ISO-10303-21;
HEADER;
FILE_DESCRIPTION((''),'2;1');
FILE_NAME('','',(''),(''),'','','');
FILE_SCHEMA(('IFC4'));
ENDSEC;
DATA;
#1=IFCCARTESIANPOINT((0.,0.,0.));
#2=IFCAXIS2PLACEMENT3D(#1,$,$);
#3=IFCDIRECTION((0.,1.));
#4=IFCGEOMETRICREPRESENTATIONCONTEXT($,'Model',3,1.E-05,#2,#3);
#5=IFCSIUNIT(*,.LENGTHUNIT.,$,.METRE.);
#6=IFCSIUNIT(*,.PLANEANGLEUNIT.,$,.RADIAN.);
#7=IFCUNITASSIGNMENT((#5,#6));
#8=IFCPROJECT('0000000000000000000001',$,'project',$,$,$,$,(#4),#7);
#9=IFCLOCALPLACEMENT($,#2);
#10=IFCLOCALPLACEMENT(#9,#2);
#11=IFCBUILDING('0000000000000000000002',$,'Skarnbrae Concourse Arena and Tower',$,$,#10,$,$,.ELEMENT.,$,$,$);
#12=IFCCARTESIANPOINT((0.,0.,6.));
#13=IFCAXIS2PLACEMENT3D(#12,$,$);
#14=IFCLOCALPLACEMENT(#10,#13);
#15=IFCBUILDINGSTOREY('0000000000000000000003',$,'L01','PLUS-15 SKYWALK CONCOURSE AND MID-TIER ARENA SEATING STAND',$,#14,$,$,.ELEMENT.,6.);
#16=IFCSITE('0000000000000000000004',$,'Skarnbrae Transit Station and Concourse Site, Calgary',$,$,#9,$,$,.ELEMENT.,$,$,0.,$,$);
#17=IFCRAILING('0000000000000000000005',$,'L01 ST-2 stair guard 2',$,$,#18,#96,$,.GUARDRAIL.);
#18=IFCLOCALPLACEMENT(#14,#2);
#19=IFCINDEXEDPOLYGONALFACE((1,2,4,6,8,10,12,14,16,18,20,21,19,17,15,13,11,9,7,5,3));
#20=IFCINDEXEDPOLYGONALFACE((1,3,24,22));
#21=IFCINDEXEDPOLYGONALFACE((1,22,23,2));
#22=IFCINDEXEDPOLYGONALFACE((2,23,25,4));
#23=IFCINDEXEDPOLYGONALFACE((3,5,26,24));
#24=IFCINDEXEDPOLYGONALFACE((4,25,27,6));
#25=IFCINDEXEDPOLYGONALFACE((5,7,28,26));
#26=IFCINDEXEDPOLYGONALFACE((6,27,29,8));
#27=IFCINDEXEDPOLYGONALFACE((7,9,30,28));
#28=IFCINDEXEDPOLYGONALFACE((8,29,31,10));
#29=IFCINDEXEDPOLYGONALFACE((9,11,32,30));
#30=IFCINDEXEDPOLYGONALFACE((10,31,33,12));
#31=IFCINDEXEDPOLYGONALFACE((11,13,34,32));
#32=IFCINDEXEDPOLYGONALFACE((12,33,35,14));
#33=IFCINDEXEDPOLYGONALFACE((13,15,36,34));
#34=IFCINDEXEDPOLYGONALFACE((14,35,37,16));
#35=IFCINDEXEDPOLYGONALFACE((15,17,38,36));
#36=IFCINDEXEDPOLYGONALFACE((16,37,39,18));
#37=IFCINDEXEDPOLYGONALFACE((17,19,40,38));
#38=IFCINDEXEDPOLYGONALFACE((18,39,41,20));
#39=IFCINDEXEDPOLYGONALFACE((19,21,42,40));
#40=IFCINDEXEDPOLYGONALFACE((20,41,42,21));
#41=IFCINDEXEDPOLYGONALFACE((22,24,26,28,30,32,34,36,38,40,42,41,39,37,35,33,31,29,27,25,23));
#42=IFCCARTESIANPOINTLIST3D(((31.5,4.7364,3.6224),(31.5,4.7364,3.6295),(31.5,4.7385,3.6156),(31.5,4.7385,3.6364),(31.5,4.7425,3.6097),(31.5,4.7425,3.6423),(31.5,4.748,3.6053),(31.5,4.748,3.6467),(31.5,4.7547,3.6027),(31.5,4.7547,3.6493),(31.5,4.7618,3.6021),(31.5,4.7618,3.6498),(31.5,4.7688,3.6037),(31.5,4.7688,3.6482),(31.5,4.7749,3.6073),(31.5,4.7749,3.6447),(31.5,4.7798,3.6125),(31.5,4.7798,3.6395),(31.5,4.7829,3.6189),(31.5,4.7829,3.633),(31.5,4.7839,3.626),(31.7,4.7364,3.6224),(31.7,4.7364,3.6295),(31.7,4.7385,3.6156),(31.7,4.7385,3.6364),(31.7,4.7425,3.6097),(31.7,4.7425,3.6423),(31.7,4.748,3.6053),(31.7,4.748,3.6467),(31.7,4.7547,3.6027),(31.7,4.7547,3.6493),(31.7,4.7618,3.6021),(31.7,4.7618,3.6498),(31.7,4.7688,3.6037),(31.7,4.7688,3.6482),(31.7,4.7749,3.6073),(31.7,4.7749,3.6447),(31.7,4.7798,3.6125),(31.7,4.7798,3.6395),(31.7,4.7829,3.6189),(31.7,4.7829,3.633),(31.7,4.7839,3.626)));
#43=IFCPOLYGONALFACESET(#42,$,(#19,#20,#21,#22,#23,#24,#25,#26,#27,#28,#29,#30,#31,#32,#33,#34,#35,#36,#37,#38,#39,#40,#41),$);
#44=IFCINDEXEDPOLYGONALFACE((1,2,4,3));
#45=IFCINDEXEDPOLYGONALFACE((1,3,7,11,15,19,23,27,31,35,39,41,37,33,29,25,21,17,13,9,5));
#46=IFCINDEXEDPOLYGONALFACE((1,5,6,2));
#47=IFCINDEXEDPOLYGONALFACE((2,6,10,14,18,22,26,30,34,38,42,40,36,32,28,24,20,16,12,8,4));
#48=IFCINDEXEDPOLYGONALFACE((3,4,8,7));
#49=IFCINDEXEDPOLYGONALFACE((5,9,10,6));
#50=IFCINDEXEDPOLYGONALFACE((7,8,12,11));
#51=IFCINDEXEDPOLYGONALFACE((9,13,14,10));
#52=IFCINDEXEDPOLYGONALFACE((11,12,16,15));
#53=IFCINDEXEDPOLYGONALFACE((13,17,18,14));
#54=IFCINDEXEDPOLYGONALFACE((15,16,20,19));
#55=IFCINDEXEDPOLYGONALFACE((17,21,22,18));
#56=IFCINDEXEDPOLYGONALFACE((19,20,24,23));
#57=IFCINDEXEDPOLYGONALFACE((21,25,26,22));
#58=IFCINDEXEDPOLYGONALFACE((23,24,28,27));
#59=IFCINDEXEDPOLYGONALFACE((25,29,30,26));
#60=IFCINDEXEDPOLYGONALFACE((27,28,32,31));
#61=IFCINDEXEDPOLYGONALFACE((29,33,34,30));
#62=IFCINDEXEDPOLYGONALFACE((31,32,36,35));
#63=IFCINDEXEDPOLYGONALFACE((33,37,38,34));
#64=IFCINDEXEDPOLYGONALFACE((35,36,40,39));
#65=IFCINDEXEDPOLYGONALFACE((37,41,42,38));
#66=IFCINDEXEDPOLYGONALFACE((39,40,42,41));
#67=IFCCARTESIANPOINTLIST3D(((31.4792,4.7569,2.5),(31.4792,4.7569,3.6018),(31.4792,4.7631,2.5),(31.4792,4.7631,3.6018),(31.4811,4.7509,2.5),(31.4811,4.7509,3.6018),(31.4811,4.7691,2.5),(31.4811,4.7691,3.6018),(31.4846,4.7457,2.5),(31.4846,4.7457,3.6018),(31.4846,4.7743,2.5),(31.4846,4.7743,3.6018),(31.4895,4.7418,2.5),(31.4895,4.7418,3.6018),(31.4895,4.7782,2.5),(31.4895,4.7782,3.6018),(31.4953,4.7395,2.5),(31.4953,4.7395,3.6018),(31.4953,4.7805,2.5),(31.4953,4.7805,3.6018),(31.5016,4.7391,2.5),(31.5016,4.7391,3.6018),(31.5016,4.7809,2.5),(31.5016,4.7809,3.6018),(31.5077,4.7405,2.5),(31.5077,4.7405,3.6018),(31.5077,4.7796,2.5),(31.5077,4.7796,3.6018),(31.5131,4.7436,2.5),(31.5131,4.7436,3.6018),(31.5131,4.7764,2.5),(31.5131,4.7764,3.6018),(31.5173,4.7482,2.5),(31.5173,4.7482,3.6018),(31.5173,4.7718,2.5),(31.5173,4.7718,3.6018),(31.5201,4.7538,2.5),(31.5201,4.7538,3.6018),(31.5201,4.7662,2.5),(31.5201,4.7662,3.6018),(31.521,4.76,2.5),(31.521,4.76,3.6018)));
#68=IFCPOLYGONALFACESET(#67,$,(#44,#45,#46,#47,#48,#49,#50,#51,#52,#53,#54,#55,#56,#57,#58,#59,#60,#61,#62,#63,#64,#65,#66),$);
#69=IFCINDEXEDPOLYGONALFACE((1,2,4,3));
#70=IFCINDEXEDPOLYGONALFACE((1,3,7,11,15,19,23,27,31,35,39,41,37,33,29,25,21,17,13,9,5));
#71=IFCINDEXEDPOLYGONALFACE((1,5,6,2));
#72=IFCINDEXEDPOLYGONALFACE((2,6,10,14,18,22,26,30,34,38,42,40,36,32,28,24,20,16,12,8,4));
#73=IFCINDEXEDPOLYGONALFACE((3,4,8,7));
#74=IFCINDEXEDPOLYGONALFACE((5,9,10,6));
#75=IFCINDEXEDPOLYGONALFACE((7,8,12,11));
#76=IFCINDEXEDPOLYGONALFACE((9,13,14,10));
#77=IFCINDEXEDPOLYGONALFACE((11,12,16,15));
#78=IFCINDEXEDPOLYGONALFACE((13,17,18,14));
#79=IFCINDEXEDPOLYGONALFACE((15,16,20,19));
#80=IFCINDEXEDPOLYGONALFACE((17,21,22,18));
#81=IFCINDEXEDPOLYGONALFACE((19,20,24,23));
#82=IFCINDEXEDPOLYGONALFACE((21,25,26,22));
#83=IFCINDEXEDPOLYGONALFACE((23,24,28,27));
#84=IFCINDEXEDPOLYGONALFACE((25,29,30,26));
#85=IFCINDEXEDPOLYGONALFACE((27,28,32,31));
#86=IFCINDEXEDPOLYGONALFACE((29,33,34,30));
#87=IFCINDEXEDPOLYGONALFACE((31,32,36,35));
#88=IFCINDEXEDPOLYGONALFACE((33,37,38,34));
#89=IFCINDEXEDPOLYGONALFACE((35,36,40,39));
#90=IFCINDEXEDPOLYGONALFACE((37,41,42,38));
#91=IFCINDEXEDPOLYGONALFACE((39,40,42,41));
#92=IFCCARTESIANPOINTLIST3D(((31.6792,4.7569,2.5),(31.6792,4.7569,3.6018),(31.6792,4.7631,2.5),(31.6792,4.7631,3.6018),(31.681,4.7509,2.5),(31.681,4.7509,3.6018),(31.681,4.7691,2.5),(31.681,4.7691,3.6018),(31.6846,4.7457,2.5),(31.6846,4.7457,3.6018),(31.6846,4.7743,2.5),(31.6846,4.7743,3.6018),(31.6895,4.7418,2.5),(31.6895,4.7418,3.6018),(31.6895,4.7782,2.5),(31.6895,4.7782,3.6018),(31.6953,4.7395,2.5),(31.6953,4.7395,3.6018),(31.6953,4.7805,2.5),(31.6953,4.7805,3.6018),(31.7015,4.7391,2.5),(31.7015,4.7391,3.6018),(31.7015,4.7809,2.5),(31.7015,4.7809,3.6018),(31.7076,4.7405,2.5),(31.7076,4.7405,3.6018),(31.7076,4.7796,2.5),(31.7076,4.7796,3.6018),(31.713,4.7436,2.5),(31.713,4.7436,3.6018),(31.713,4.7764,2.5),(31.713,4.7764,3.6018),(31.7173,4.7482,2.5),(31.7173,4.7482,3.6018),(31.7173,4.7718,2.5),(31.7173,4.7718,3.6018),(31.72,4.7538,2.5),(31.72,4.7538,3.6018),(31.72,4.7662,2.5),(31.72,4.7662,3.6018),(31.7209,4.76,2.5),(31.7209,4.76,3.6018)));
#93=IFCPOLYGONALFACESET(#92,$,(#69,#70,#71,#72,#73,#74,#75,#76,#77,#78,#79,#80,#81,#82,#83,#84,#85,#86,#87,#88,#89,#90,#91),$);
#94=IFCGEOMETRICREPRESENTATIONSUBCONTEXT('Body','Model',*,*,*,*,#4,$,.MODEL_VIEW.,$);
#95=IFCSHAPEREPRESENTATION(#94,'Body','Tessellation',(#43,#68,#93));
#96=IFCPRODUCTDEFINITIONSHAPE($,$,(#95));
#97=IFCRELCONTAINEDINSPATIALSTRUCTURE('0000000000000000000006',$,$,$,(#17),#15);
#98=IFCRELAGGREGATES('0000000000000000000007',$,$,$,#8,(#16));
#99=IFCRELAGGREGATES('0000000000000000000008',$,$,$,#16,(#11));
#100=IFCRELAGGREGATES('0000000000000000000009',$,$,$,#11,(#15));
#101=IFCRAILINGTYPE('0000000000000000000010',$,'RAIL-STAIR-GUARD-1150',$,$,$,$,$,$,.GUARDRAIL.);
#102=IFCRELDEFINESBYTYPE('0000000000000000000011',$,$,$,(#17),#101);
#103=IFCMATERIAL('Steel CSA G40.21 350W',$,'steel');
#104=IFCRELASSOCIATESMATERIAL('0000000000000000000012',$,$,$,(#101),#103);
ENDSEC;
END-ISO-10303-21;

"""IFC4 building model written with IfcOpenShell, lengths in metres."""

from ifc_helpers import new_model, si_unit, direction, frame, origin, origin_2d, place, context, subcontext, project, spatial, circle, extrude, material, type_object, element, save


model = new_model("IFC4")

# Units and contexts
model_context = context("Model", 3, precision=1e-05, world=origin(), true_north=direction((0.0, 1.0)))
body_context = subcontext(model_context, "Body", "Model", "MODEL_VIEW")
ifc_project = project(units=[si_unit("LENGTHUNIT", "METRE"), si_unit("PLANEANGLEUNIT", "RADIAN")], contexts=[model_context])

# Site, building, storey
site_placement = place(None, origin())
site = spatial("IfcSite", under=ifc_project, at=site_placement, Name="Skarnbrae Transit Station and Concourse Site, Calgary", CompositionType="ELEMENT", RefElevation=0.0)
building_placement = place(site_placement, origin())
building = spatial("IfcBuilding", under=site, at=building_placement, Name="Skarnbrae Concourse Arena and Tower", CompositionType="ELEMENT")
storey_placement = place(building_placement, frame((0.0, 0.0, 6.0)))
storey = spatial("IfcBuildingStorey", under=building, at=storey_placement, Name="L01", Description="PLUS-15 SKYWALK CONCOURSE AND MID-TIER ARENA SEATING STAND", CompositionType="ELEMENT", Elevation=6.0)

# Shared definitions
ifc_material_1 = material(Name="Steel CSA G40.21 350W", Category="steel")

# Railing
railing_type_1 = type_object("IfcRailingType", Name="RAIL-STAIR-GUARD-1150", PredefinedType="GUARDRAIL", material=ifc_material_1)
railing_1_placement = place(storey_placement, frame((31.5, 4.76, 2.5)))
element("IfcRailing", 1, at=railing_1_placement, inside=storey, type_object=railing_type_1, Name="L01 ST-2 stair guard 2", PredefinedType="GUARDRAIL", context=body_context, shape_type="SweptSolid", body=[
    extrude(circle(Radius=0.0239, at=origin_2d()), frame((0.0, 0.0, 1.126), z_axis=(1.0, 0.0, 0.0), x_axis=(0.0, 1.0, 0.0)), (0.0, 0.0, 1.0), 0.2),
    extrude(circle(Radius=0.021, at=origin_2d()), origin(), (0.0, 0.0, 1.0), 1.1018),
    extrude(circle(Radius=0.021, at=origin_2d()), frame((0.2, 0.0, 0.0)), (0.0, 0.0, 1.0), 1.1018),
])

save(model, "model.ifc")
